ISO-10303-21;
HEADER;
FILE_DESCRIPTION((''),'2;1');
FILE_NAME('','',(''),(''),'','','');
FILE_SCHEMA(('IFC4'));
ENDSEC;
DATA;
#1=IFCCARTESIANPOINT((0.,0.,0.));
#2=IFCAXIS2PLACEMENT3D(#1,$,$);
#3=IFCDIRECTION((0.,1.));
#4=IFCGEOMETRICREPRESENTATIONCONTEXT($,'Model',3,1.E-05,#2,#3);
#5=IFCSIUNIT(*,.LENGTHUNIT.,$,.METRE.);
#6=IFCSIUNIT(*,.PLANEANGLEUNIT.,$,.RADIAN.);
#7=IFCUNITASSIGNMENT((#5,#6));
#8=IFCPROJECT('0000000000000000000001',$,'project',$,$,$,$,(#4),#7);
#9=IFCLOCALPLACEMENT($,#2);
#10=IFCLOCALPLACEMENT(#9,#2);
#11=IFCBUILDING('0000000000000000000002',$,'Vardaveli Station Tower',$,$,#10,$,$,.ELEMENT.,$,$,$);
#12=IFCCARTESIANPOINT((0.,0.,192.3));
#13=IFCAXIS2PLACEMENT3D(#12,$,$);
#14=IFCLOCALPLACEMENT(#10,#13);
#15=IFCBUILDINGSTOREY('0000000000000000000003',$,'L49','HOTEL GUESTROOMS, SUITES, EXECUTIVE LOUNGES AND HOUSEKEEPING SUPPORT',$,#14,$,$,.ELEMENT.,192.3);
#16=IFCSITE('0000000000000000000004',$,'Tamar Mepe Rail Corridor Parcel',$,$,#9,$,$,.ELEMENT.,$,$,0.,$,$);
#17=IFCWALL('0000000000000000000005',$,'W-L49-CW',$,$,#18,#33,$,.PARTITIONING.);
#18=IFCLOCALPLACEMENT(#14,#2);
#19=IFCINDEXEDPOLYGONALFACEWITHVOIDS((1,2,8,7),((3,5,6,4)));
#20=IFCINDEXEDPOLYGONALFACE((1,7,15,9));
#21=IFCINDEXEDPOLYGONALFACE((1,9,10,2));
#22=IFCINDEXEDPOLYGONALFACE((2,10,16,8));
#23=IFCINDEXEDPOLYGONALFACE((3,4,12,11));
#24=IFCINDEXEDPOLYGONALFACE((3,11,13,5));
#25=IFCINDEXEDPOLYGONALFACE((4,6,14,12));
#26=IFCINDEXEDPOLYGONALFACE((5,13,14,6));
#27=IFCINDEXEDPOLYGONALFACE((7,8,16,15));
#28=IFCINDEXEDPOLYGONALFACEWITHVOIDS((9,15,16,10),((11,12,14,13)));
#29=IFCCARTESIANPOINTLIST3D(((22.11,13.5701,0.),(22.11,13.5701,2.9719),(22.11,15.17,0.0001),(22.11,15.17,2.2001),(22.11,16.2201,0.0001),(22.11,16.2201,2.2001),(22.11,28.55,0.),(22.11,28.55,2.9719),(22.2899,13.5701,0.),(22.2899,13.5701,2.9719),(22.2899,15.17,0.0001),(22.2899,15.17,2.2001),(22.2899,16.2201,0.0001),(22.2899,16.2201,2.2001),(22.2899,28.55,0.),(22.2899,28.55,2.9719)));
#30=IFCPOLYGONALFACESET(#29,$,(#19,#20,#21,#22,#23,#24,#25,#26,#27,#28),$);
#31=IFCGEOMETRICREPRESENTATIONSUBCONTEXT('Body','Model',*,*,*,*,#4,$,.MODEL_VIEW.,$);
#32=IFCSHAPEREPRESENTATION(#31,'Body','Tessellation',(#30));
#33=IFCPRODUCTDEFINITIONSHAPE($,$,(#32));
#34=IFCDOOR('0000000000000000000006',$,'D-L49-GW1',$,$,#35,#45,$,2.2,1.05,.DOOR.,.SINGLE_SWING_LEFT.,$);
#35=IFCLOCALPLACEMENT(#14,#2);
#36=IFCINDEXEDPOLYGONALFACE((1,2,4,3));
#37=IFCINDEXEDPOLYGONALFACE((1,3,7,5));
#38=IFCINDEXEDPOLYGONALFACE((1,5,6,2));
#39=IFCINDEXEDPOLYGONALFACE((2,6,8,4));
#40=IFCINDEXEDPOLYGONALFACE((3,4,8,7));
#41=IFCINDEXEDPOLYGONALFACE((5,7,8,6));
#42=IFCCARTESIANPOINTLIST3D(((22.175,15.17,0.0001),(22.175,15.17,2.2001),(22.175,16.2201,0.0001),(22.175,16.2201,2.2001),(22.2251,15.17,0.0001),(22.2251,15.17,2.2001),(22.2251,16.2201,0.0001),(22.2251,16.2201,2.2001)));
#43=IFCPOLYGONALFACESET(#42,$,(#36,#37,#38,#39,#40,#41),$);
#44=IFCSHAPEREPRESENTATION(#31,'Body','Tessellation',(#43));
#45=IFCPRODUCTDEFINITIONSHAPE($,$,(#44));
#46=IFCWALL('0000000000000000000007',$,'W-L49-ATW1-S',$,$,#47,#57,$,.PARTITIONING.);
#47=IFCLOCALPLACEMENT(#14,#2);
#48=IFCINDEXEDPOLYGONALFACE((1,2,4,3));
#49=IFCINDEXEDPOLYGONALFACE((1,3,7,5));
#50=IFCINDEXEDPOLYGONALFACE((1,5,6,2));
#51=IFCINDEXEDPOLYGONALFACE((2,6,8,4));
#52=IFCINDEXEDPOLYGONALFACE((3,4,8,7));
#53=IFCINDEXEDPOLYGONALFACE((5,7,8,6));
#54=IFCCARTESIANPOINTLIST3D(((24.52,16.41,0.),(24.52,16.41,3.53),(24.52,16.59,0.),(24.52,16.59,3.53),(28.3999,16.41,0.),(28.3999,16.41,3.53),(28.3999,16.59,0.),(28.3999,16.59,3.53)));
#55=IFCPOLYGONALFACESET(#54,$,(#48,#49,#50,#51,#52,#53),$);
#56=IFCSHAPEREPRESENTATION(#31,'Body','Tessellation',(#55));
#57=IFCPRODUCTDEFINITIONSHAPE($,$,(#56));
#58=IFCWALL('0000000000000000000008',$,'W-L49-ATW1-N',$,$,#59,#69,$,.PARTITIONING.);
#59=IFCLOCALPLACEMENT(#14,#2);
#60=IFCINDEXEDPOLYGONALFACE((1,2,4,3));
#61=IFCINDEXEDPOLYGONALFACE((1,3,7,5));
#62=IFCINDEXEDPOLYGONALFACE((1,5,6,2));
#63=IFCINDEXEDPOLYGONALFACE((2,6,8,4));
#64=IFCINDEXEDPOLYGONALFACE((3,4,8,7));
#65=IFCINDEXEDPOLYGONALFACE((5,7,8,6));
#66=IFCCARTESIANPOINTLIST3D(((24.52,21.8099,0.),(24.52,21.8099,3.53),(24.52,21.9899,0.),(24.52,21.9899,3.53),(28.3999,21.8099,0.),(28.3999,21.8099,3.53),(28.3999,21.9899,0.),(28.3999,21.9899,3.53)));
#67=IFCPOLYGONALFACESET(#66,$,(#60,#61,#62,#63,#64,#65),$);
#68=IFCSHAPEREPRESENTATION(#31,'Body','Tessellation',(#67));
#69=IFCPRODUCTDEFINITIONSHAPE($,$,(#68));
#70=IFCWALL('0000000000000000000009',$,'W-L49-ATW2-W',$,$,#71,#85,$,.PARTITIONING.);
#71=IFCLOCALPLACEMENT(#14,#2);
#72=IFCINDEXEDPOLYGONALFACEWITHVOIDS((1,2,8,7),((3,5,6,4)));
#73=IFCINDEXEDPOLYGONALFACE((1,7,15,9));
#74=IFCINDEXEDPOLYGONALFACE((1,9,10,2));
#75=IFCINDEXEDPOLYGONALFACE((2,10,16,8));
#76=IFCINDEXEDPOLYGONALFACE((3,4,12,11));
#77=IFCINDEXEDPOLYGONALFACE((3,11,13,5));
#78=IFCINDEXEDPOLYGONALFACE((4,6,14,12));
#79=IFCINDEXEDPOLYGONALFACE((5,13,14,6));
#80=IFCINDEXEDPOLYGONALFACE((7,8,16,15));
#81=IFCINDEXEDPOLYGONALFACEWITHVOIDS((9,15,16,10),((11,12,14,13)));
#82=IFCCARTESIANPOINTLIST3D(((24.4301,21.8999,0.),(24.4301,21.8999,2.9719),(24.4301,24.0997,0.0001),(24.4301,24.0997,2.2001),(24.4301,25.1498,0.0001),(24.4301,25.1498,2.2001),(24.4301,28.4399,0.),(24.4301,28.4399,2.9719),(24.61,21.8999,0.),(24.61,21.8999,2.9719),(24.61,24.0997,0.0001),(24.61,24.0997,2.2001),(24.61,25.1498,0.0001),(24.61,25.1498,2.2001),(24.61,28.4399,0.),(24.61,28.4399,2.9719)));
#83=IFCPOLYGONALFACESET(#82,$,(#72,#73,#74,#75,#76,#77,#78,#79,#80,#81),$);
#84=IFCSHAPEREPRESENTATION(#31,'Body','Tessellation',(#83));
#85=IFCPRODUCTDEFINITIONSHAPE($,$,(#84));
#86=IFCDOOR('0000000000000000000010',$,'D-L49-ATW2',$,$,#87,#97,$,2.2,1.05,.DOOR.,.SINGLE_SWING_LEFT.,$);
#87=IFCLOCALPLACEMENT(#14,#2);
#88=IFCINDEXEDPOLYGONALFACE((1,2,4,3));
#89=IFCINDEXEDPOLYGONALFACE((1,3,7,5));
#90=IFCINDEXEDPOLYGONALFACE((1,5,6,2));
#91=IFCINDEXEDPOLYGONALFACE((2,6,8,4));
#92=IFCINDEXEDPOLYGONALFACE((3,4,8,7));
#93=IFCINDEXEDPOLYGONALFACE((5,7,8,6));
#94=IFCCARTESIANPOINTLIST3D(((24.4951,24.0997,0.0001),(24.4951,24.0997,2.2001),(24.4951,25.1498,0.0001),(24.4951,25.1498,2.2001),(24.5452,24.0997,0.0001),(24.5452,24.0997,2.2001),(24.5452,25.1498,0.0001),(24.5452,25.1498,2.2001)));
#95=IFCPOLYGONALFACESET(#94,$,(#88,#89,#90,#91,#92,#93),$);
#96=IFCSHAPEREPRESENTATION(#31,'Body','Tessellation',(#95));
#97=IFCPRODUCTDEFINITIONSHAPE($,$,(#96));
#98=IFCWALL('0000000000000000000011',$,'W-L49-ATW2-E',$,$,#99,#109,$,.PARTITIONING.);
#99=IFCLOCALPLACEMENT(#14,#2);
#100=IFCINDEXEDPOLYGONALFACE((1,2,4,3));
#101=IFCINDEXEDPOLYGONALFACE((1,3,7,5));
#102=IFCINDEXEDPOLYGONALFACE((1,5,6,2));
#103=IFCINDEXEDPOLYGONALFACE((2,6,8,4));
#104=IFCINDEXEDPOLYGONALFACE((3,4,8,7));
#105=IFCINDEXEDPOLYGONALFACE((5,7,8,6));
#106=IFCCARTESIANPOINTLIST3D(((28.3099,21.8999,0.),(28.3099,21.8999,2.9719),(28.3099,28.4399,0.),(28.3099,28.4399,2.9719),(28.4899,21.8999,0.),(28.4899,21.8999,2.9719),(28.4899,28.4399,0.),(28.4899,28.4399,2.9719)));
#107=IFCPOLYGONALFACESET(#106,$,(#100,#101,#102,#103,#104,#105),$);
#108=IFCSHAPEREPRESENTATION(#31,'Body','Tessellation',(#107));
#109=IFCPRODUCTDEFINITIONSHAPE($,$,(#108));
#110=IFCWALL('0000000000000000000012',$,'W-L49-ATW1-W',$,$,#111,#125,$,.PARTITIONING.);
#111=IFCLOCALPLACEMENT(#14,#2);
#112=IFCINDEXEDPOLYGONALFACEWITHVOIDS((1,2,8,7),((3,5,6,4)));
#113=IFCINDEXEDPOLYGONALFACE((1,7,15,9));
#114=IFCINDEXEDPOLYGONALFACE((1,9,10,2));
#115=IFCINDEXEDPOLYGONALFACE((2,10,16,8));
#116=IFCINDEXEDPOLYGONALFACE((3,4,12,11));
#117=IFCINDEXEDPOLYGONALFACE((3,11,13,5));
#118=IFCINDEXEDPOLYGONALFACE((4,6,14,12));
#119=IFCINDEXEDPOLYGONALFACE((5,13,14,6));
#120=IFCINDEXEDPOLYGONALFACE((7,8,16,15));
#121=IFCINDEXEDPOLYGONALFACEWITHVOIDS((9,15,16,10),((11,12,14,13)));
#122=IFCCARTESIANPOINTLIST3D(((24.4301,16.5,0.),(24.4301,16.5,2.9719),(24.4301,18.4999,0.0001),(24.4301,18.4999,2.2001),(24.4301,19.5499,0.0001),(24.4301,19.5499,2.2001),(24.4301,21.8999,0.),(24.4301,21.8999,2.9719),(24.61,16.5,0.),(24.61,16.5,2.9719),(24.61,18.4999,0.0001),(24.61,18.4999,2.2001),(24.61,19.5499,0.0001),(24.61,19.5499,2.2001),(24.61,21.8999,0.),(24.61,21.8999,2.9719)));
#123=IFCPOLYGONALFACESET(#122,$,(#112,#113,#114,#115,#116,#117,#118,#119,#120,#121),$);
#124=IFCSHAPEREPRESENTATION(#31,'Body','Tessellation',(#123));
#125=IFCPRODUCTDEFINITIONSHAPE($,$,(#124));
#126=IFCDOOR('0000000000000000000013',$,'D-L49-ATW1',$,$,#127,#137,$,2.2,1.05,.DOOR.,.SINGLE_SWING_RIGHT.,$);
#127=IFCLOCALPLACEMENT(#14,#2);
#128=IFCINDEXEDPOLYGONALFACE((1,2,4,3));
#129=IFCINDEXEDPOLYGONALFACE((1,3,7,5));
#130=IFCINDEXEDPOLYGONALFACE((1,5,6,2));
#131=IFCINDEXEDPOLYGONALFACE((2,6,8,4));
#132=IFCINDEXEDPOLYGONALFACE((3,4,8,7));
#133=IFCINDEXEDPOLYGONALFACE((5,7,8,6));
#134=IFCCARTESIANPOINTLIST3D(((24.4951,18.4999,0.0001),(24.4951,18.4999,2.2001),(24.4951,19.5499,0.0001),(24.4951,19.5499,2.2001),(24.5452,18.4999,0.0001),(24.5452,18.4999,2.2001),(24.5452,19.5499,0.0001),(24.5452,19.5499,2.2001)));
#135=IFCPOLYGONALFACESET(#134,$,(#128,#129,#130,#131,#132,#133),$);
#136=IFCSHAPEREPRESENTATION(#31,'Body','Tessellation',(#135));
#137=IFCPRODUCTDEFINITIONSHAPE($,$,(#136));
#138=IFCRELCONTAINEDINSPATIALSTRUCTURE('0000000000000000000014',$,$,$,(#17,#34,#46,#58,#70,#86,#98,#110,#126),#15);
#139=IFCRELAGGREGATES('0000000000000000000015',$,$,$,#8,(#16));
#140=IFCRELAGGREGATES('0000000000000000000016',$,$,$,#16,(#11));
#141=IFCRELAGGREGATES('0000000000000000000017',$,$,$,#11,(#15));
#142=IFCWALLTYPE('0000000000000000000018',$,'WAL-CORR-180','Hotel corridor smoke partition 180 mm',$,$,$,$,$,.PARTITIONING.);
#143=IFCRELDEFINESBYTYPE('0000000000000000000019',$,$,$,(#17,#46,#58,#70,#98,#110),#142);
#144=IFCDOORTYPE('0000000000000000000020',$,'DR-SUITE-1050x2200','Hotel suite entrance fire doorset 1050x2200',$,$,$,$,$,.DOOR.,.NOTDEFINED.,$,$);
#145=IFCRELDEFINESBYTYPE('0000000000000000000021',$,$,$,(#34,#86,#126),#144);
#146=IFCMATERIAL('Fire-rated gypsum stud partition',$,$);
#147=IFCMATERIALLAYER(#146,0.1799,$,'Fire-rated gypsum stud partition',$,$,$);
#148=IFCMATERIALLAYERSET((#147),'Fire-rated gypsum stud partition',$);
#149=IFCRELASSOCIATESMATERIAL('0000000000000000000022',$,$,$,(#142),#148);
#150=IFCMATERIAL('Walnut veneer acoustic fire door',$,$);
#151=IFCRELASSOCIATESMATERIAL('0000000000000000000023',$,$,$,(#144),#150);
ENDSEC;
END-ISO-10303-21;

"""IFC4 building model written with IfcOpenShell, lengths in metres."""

from ifc_helpers import new_model, si_unit, direction, frame, frame_2d, origin, place, context, subcontext, project, spatial, rectangle, extrude, source, transform, mapped, material, layer, layer_set, type_object, element, fill, save


model = new_model("IFC4")

# Units and contexts
model_context = context("Model", 3, precision=1e-05, world=origin(), true_north=direction((0.0, 1.0)))
body_context = subcontext(model_context, "Body", "Model", "MODEL_VIEW")
ifc_project = project(units=[si_unit("LENGTHUNIT", "METRE"), si_unit("PLANEANGLEUNIT", "RADIAN")], contexts=[model_context])

# Site, building, storey
site_placement = place(None, origin())
site = spatial("IfcSite", under=ifc_project, at=site_placement, Name="Tamar Mepe Rail Corridor Parcel", CompositionType="ELEMENT", RefElevation=0.0)
building_placement = place(site_placement, origin())
building = spatial("IfcBuilding", under=site, at=building_placement, Name="Vardaveli Station Tower", CompositionType="ELEMENT")
storey_placement = place(building_placement, frame((0.0, 0.0, 192.3)))
storey = spatial("IfcBuildingStorey", under=building, at=storey_placement, Name="L49", Description="HOTEL GUESTROOMS, SUITES, EXECUTIVE LOUNGES AND HOUSEKEEPING SUPPORT", CompositionType="ELEMENT", Elevation=192.3)

# Wall, opening, door
ifc_material_1 = material(Name="Fire-rated gypsum stud partition")
ifc_layer_1 = layer(ifc_material_1, 0.1799, Name="Fire-rated gypsum stud partition")
ifc_layer_set_1 = layer_set([ifc_layer_1], Name="Fire-rated gypsum stud partition")
wall_type_1 = type_object("IfcWallType", Name="WAL-CORR-180", Description="Hotel corridor smoke partition 180 mm", PredefinedType="PARTITIONING", material=ifc_layer_set_1)
shared_shape_1 = source(origin(), body_context, "Body", "SweptSolid", [
    extrude(rectangle(XDim=14.98, YDim=0.1799, at=frame_2d((7.49, 0.0))), origin(), (0.0, 0.0, 1.0), 2.9719),
])
wall_1_placement = place(storey_placement, frame((22.2, 13.5701, 0.0), z_axis=(0.0, 0.0, 1.0), x_axis=(0.0, 1.0, 0.0)))
wall_1 = element("IfcWall", 1, at=wall_1_placement, inside=storey, type_object=wall_type_1, Name="W-L49-CW", PredefinedType="PARTITIONING", context=body_context, shape_type="MappedRepresentation", body=[
    mapped(shared_shape_1, transform((0.0, 0.0, 0.0), scale=1.0)),
])
shared_shape_2 = source(origin(), body_context, "Body", "SweptSolid", [
    extrude(rectangle(XDim=1.05, YDim=2.2, at=frame_2d((0.5249, 1.1001))), frame((0.0, 0.1001, 0.0), z_axis=(0.0, -1.0, 0.0), x_axis=(1.0, 0.0, 0.0)), (0.0, 0.0, 1.0), 0.2),
])
opening_1_placement = place(wall_1_placement, frame((1.6001, 0.0, 0.0)))
opening_1 = element("IfcOpeningElement", 2, at=opening_1_placement, cuts=wall_1, PredefinedType="OPENING", context=body_context, shape_type="MappedRepresentation", body=[
    mapped(shared_shape_2, transform((0.0, 0.0, 0.0), scale=1.0)),
])
ifc_material_2 = material(Name="Walnut veneer acoustic fire door")
door_type_1 = type_object("IfcDoorType", Name="DR-SUITE-1050x2200", Description="Hotel suite entrance fire doorset 1050x2200", OperationType="NOTDEFINED", PredefinedType="DOOR", material=ifc_material_2)
shared_shape_3 = source(origin(), body_context, "Body", "SweptSolid", [
    extrude(rectangle(XDim=1.05, YDim=2.2, at=frame_2d((0.5249, 1.1001))), frame((0.0, 0.0249, 0.0), z_axis=(0.0, -1.0, 0.0), x_axis=(1.0, 0.0, 0.0)), (0.0, 0.0, 1.0), 0.05),
])
door_1_placement = place(opening_1_placement, origin())
door_1 = element("IfcDoor", 3, at=door_1_placement, inside=storey, type_object=door_type_1, Name="D-L49-GW1", OperationType="SINGLE_SWING_LEFT", OverallHeight=2.2, OverallWidth=1.05, PredefinedType="DOOR", context=body_context, shape_type="MappedRepresentation", body=[
    mapped(shared_shape_3, transform((0.0, 0.0, 0.0), scale=1.0)),
])
fill(opening_1, door_1)

# Walls
shared_shape_4 = source(origin(), body_context, "Body", "SweptSolid", [
    extrude(rectangle(XDim=3.8799, YDim=0.1799, at=frame_2d((1.9399, 0.0))), origin(), (0.0, 0.0, 1.0), 3.53),
])
for number, where, z_axis, x_axis, name in (
    (4, (24.52, 16.5, 0.0), (0.0, 0.0, 1.0), (1.0, 0.0, 0.0), "W-L49-ATW1-S"),
    (5, (24.52, 21.8999, 0.0), (0.0, 0.0, 1.0), (1.0, 0.0, 0.0), "W-L49-ATW1-N"),
):
    element("IfcWall", number, at=place(storey_placement, frame(where, z_axis=z_axis, x_axis=x_axis)), inside=storey, type_object=wall_type_1, Name=name, PredefinedType="PARTITIONING", context=body_context, shape_type="MappedRepresentation", body=[
        mapped(shared_shape_4, transform((0.0, 0.0, 0.0), scale=1.0)),
    ])

# Wall, opening, door
shared_shape_5 = source(origin(), body_context, "Body", "SweptSolid", [
    extrude(rectangle(XDim=6.54, YDim=0.1799, at=frame_2d((3.27, 0.0))), origin(), (0.0, 0.0, 1.0), 2.9719),
])
wall_2_placement = place(storey_placement, frame((24.52, 21.8999, 0.0), z_axis=(0.0, 0.0, 1.0), x_axis=(0.0, 1.0, 0.0)))
wall_2 = element("IfcWall", 6, at=wall_2_placement, inside=storey, type_object=wall_type_1, Name="W-L49-ATW2-W", PredefinedType="PARTITIONING", context=body_context, shape_type="MappedRepresentation", body=[
    mapped(shared_shape_5, transform((0.0, 0.0, 0.0), scale=1.0)),
])
opening_2_placement = place(wall_2_placement, frame((2.2, 0.0, 0.0)))
opening_2 = element("IfcOpeningElement", 7, at=opening_2_placement, cuts=wall_2, PredefinedType="OPENING", context=body_context, shape_type="MappedRepresentation", body=[
    mapped(shared_shape_2, transform((0.0, 0.0, 0.0), scale=1.0)),
])
door_2_placement = place(opening_2_placement, origin())
door_2 = element("IfcDoor", 8, at=door_2_placement, inside=storey, type_object=door_type_1, Name="D-L49-ATW2", OperationType="SINGLE_SWING_LEFT", OverallHeight=2.2, OverallWidth=1.05, PredefinedType="DOOR", context=body_context, shape_type="MappedRepresentation", body=[
    mapped(shared_shape_3, transform((0.0, 0.0, 0.0), scale=1.0)),
])
fill(opening_2, door_2)

# Wall
wall_3_placement = place(storey_placement, frame((28.3999, 21.8999, 0.0), z_axis=(0.0, 0.0, 1.0), x_axis=(0.0, 1.0, 0.0)))
element("IfcWall", 9, at=wall_3_placement, inside=storey, type_object=wall_type_1, Name="W-L49-ATW2-E", PredefinedType="PARTITIONING", context=body_context, shape_type="MappedRepresentation", body=[
    mapped(shared_shape_5, transform((0.0, 0.0, 0.0), scale=1.0)),
])

# Wall, opening, door
shared_shape_6 = source(origin(), body_context, "Body", "SweptSolid", [
    extrude(rectangle(XDim=5.3999, YDim=0.1799, at=frame_2d((2.7, 0.0))), origin(), (0.0, 0.0, 1.0), 2.9719),
])
wall_4_placement = place(storey_placement, frame((24.52, 16.5, 0.0), z_axis=(0.0, 0.0, 1.0), x_axis=(0.0, 1.0, 0.0)))
wall_4 = element("IfcWall", 10, at=wall_4_placement, inside=storey, type_object=wall_type_1, Name="W-L49-ATW1-W", PredefinedType="PARTITIONING", context=body_context, shape_type="MappedRepresentation", body=[
    mapped(shared_shape_6, transform((0.0, 0.0, 0.0), scale=1.0)),
])
opening_3_placement = place(wall_4_placement, frame((2.0, 0.0, 0.0)))
opening_3 = element("IfcOpeningElement", 11, at=opening_3_placement, cuts=wall_4, PredefinedType="OPENING", context=body_context, shape_type="MappedRepresentation", body=[
    mapped(shared_shape_2, transform((0.0, 0.0, 0.0), scale=1.0)),
])
door_3_placement = place(opening_3_placement, origin())
door_3 = element("IfcDoor", 12, at=door_3_placement, inside=storey, type_object=door_type_1, Name="D-L49-ATW1", OperationType="SINGLE_SWING_RIGHT", OverallHeight=2.2, OverallWidth=1.05, PredefinedType="DOOR", context=body_context, shape_type="MappedRepresentation", body=[
    mapped(shared_shape_3, transform((0.0, 0.0, 0.0), scale=1.0)),
])
fill(opening_3, door_3)

save(model, "model.ifc")
